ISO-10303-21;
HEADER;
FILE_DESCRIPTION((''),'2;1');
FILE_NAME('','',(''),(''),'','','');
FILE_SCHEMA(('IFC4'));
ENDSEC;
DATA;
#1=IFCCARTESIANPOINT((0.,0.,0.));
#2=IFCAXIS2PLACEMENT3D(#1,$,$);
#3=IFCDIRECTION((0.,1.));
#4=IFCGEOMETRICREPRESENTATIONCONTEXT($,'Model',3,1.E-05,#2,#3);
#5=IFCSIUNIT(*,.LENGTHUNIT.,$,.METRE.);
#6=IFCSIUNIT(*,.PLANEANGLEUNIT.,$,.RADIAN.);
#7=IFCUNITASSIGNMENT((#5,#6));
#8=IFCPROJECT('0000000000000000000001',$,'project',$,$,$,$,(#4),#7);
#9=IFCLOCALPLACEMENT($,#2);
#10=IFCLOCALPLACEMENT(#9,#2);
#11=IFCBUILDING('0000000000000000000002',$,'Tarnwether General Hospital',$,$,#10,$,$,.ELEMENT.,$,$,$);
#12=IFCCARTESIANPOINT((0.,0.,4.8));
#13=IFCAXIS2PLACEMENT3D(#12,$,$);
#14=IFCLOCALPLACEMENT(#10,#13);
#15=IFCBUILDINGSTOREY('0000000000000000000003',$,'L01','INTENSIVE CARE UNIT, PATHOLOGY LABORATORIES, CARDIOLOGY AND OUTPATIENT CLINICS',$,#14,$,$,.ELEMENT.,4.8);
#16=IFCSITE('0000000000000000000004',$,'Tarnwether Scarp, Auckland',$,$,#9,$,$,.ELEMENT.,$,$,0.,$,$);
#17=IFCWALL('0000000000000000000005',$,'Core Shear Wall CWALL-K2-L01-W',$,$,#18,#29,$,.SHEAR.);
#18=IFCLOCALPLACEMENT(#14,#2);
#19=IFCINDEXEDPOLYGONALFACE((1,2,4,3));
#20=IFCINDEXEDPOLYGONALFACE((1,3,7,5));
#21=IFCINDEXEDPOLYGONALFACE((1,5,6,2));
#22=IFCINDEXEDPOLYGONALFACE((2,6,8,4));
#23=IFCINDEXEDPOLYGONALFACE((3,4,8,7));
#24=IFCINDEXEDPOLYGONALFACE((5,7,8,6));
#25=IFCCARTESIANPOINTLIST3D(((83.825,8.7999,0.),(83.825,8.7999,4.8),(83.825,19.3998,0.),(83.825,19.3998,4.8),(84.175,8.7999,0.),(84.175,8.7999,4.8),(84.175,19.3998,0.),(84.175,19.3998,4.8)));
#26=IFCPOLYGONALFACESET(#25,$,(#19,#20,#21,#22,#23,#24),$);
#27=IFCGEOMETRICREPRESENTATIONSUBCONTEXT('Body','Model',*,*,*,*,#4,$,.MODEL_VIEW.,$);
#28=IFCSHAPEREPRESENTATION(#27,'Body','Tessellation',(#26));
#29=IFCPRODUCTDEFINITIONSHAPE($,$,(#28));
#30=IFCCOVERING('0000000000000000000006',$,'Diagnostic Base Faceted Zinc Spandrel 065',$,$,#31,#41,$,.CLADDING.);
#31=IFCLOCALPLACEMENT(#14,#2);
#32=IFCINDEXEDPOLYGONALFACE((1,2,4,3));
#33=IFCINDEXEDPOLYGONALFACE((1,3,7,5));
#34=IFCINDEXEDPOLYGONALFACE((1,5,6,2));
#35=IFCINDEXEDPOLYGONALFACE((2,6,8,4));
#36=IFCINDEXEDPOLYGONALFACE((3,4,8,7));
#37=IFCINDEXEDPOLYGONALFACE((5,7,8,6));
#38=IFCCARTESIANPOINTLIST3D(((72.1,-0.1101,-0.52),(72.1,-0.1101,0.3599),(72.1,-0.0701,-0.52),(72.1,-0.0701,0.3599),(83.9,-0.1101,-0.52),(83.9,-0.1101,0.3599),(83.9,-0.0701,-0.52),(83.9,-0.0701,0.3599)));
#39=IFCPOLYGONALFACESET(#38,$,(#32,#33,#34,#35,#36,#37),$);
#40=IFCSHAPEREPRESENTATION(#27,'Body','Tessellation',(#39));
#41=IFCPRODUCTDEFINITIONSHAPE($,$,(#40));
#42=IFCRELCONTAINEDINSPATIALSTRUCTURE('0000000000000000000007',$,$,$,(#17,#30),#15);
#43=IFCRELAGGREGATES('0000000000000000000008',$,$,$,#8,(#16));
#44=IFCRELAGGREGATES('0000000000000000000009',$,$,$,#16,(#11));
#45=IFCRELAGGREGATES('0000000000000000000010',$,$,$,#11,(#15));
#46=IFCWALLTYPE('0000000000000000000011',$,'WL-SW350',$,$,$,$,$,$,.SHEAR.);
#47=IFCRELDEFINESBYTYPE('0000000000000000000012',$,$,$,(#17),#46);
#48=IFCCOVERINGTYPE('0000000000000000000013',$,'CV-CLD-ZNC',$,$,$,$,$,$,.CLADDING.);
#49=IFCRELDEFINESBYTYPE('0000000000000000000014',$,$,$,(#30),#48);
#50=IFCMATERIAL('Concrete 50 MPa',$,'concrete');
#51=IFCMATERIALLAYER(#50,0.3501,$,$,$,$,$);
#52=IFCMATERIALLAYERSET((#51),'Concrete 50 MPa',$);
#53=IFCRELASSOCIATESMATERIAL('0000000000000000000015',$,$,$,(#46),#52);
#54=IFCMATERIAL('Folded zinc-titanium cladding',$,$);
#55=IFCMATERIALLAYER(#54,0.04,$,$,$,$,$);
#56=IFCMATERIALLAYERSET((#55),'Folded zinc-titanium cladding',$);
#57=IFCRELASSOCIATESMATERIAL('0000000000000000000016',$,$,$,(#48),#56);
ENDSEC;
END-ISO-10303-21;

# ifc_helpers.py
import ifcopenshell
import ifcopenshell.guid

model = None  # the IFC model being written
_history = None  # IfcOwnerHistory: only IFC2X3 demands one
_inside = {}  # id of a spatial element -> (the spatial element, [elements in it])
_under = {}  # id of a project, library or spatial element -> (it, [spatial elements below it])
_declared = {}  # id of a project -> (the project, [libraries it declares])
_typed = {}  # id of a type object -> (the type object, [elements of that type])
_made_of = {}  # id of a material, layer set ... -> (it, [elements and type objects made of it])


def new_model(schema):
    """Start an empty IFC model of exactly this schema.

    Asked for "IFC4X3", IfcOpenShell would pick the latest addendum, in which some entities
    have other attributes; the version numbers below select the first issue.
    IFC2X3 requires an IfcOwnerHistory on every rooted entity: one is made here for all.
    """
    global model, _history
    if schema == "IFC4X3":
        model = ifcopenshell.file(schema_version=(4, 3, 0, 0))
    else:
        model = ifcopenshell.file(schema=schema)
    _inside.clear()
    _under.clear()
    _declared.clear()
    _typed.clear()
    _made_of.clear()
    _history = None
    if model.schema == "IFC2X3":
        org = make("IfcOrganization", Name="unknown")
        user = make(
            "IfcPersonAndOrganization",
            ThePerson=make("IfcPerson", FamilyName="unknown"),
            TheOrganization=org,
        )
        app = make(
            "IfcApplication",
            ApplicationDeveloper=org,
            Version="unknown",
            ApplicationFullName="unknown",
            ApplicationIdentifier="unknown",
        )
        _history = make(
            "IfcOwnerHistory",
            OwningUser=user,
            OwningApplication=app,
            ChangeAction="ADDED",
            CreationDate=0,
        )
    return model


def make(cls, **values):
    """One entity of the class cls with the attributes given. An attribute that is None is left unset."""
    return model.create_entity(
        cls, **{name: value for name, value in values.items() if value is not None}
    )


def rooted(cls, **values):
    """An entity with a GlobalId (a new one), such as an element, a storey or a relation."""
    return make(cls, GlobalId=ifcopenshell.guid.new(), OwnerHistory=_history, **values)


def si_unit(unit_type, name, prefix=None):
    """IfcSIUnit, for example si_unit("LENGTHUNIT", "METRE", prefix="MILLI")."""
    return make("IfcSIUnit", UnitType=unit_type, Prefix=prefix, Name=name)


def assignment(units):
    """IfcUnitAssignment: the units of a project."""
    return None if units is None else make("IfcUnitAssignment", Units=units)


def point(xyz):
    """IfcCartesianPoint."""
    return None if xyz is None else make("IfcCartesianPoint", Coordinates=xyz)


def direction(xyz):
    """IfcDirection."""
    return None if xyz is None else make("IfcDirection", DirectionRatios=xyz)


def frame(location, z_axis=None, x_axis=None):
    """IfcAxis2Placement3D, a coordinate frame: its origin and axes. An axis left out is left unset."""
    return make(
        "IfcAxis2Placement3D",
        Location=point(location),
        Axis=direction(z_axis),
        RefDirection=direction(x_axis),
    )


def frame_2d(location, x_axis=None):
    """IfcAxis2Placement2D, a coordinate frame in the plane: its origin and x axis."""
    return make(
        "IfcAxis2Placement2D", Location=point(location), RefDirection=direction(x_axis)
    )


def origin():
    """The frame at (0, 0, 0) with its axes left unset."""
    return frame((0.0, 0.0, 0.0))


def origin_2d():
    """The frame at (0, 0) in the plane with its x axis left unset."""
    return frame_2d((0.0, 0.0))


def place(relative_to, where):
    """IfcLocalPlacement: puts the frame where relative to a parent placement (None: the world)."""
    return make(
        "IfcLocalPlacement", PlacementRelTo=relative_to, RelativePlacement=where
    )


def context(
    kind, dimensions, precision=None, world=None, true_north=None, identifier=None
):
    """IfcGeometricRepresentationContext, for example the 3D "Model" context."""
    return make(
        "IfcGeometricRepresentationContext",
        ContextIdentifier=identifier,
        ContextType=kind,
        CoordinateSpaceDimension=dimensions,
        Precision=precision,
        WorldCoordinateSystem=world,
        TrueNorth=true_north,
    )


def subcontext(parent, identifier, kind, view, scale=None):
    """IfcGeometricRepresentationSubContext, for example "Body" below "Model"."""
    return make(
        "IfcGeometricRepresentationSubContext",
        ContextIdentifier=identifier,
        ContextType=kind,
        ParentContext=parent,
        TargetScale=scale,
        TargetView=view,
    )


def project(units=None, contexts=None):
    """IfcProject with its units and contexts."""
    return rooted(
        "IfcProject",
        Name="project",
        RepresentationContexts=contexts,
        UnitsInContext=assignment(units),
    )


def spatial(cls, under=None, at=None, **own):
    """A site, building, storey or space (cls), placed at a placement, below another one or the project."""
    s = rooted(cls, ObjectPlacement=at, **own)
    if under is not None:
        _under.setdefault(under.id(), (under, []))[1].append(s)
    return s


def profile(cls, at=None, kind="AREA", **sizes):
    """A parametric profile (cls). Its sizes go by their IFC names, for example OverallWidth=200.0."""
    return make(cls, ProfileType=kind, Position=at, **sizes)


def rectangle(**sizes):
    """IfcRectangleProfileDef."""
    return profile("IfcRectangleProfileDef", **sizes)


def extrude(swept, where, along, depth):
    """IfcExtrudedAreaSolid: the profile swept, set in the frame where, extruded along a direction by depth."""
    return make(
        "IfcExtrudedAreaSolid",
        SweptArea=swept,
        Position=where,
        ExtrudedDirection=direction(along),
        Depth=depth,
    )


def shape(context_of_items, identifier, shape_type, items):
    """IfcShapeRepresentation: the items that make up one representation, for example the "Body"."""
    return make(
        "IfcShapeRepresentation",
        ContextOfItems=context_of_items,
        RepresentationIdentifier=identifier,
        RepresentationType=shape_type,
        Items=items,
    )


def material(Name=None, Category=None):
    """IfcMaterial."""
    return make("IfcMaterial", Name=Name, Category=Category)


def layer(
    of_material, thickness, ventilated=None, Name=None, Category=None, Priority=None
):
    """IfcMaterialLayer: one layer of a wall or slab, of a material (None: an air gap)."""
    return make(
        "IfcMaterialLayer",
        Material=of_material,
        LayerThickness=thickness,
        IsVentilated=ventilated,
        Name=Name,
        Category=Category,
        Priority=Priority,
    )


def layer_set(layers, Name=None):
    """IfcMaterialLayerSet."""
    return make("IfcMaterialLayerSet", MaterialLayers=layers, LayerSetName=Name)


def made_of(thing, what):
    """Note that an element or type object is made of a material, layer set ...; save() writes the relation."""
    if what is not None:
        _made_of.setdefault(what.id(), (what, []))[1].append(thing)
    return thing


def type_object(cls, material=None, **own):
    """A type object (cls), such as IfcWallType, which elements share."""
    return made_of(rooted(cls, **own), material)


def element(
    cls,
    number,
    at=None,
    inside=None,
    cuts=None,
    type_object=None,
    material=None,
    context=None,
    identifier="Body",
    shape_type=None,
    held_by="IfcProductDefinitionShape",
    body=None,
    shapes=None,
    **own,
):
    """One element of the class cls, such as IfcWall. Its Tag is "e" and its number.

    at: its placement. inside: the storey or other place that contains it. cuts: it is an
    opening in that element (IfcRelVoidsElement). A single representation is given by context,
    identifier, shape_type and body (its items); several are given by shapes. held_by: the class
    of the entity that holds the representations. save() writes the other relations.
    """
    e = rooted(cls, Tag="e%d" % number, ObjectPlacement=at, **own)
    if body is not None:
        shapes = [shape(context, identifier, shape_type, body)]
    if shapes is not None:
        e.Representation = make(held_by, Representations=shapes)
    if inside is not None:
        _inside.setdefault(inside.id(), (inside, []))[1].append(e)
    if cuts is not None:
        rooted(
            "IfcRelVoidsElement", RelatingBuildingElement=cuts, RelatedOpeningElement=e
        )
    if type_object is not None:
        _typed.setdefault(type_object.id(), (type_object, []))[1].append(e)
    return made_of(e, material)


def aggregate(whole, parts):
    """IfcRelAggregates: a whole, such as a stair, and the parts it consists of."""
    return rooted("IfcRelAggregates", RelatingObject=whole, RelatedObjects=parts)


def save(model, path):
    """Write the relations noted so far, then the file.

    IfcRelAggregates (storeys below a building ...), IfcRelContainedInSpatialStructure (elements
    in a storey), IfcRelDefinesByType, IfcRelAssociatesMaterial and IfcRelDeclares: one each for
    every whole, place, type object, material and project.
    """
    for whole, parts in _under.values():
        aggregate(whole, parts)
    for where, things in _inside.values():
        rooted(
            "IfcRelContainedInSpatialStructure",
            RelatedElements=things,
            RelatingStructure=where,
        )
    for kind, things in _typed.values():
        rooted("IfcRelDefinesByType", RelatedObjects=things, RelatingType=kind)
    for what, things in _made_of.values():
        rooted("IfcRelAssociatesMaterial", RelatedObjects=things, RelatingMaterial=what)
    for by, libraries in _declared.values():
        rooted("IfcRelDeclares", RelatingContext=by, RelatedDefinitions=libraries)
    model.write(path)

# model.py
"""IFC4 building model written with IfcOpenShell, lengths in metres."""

from ifc_helpers import new_model, si_unit, direction, frame, frame_2d, origin, origin_2d, place, context, subcontext, project, spatial, rectangle, extrude, material, layer, layer_set, type_object, element, save


model = new_model("IFC4")

# Units and contexts
model_context = context("Model", 3, precision=1e-05, world=origin(), true_north=direction((0.0, 1.0)))
body_context = subcontext(model_context, "Body", "Model", "MODEL_VIEW")
ifc_project = project(units=[si_unit("LENGTHUNIT", "METRE"), si_unit("PLANEANGLEUNIT", "RADIAN")], contexts=[model_context])

# Site, building, storey
site_placement = place(None, origin())
site = spatial("IfcSite", under=ifc_project, at=site_placement, Name="Tarnwether Scarp, Auckland", CompositionType="ELEMENT", RefElevation=0.0)
building_placement = place(site_placement, origin())
building = spatial("IfcBuilding", under=site, at=building_placement, Name="Tarnwether General Hospital", CompositionType="ELEMENT")
storey_placement = place(building_placement, frame((0.0, 0.0, 4.8)))
storey = spatial("IfcBuildingStorey", under=building, at=storey_placement, Name="L01", Description="INTENSIVE CARE UNIT, PATHOLOGY LABORATORIES, CARDIOLOGY AND OUTPATIENT CLINICS", CompositionType="ELEMENT", Elevation=4.8)

# Wall
ifc_material_1 = material(Name="Concrete 50 MPa", Category="concrete")
ifc_layer_1 = layer(ifc_material_1, 0.3501)
ifc_layer_set_1 = layer_set([ifc_layer_1], Name="Concrete 50 MPa")
wall_type = type_object("IfcWallType", Name="WL-SW350", PredefinedType="SHEAR", material=ifc_layer_set_1)
wall_placement = place(storey_placement, frame((84.0, 8.8, 0.0), z_axis=(0.0, 0.0, 1.0), x_axis=(0.0, 1.0, 0.0)))
element("IfcWall", 1, at=wall_placement, inside=storey, type_object=wall_type, Name="Core Shear Wall CWALL-K2-L01-W", PredefinedType="SHEAR", context=body_context, shape_type="SweptSolid", body=[
    extrude(rectangle(XDim=10.5999, YDim=0.3501, at=frame_2d((5.2998, 0.0))), origin(), (0.0, 0.0, 1.0), 4.8),
])

# Covering
ifc_material_2 = material(Name="Folded zinc-titanium cladding")
ifc_layer_2 = layer(ifc_material_2, 0.04)
ifc_layer_set_2 = layer_set([ifc_layer_2], Name="Folded zinc-titanium cladding")
covering_type = type_object("IfcCoveringType", Name="CV-CLD-ZNC", PredefinedType="CLADDING", material=ifc_layer_set_2)
covering_placement = place(storey_placement, frame((78.0, -0.0901, -0.52), z_axis=(0.0, 0.0, 1.0), x_axis=(1.0, 0.0, 0.0)))
element("IfcCovering", 2, at=covering_placement, inside=storey, type_object=covering_type, Name="Diagnostic Base Faceted Zinc Spandrel 065", PredefinedType="CLADDING", context=body_context, shape_type="SweptSolid", body=[
    extrude(rectangle(XDim=11.8, YDim=0.04, at=origin_2d()), origin(), (0.0, 0.0, 1.0), 0.8799),
])

save(model, "model.ifc")
